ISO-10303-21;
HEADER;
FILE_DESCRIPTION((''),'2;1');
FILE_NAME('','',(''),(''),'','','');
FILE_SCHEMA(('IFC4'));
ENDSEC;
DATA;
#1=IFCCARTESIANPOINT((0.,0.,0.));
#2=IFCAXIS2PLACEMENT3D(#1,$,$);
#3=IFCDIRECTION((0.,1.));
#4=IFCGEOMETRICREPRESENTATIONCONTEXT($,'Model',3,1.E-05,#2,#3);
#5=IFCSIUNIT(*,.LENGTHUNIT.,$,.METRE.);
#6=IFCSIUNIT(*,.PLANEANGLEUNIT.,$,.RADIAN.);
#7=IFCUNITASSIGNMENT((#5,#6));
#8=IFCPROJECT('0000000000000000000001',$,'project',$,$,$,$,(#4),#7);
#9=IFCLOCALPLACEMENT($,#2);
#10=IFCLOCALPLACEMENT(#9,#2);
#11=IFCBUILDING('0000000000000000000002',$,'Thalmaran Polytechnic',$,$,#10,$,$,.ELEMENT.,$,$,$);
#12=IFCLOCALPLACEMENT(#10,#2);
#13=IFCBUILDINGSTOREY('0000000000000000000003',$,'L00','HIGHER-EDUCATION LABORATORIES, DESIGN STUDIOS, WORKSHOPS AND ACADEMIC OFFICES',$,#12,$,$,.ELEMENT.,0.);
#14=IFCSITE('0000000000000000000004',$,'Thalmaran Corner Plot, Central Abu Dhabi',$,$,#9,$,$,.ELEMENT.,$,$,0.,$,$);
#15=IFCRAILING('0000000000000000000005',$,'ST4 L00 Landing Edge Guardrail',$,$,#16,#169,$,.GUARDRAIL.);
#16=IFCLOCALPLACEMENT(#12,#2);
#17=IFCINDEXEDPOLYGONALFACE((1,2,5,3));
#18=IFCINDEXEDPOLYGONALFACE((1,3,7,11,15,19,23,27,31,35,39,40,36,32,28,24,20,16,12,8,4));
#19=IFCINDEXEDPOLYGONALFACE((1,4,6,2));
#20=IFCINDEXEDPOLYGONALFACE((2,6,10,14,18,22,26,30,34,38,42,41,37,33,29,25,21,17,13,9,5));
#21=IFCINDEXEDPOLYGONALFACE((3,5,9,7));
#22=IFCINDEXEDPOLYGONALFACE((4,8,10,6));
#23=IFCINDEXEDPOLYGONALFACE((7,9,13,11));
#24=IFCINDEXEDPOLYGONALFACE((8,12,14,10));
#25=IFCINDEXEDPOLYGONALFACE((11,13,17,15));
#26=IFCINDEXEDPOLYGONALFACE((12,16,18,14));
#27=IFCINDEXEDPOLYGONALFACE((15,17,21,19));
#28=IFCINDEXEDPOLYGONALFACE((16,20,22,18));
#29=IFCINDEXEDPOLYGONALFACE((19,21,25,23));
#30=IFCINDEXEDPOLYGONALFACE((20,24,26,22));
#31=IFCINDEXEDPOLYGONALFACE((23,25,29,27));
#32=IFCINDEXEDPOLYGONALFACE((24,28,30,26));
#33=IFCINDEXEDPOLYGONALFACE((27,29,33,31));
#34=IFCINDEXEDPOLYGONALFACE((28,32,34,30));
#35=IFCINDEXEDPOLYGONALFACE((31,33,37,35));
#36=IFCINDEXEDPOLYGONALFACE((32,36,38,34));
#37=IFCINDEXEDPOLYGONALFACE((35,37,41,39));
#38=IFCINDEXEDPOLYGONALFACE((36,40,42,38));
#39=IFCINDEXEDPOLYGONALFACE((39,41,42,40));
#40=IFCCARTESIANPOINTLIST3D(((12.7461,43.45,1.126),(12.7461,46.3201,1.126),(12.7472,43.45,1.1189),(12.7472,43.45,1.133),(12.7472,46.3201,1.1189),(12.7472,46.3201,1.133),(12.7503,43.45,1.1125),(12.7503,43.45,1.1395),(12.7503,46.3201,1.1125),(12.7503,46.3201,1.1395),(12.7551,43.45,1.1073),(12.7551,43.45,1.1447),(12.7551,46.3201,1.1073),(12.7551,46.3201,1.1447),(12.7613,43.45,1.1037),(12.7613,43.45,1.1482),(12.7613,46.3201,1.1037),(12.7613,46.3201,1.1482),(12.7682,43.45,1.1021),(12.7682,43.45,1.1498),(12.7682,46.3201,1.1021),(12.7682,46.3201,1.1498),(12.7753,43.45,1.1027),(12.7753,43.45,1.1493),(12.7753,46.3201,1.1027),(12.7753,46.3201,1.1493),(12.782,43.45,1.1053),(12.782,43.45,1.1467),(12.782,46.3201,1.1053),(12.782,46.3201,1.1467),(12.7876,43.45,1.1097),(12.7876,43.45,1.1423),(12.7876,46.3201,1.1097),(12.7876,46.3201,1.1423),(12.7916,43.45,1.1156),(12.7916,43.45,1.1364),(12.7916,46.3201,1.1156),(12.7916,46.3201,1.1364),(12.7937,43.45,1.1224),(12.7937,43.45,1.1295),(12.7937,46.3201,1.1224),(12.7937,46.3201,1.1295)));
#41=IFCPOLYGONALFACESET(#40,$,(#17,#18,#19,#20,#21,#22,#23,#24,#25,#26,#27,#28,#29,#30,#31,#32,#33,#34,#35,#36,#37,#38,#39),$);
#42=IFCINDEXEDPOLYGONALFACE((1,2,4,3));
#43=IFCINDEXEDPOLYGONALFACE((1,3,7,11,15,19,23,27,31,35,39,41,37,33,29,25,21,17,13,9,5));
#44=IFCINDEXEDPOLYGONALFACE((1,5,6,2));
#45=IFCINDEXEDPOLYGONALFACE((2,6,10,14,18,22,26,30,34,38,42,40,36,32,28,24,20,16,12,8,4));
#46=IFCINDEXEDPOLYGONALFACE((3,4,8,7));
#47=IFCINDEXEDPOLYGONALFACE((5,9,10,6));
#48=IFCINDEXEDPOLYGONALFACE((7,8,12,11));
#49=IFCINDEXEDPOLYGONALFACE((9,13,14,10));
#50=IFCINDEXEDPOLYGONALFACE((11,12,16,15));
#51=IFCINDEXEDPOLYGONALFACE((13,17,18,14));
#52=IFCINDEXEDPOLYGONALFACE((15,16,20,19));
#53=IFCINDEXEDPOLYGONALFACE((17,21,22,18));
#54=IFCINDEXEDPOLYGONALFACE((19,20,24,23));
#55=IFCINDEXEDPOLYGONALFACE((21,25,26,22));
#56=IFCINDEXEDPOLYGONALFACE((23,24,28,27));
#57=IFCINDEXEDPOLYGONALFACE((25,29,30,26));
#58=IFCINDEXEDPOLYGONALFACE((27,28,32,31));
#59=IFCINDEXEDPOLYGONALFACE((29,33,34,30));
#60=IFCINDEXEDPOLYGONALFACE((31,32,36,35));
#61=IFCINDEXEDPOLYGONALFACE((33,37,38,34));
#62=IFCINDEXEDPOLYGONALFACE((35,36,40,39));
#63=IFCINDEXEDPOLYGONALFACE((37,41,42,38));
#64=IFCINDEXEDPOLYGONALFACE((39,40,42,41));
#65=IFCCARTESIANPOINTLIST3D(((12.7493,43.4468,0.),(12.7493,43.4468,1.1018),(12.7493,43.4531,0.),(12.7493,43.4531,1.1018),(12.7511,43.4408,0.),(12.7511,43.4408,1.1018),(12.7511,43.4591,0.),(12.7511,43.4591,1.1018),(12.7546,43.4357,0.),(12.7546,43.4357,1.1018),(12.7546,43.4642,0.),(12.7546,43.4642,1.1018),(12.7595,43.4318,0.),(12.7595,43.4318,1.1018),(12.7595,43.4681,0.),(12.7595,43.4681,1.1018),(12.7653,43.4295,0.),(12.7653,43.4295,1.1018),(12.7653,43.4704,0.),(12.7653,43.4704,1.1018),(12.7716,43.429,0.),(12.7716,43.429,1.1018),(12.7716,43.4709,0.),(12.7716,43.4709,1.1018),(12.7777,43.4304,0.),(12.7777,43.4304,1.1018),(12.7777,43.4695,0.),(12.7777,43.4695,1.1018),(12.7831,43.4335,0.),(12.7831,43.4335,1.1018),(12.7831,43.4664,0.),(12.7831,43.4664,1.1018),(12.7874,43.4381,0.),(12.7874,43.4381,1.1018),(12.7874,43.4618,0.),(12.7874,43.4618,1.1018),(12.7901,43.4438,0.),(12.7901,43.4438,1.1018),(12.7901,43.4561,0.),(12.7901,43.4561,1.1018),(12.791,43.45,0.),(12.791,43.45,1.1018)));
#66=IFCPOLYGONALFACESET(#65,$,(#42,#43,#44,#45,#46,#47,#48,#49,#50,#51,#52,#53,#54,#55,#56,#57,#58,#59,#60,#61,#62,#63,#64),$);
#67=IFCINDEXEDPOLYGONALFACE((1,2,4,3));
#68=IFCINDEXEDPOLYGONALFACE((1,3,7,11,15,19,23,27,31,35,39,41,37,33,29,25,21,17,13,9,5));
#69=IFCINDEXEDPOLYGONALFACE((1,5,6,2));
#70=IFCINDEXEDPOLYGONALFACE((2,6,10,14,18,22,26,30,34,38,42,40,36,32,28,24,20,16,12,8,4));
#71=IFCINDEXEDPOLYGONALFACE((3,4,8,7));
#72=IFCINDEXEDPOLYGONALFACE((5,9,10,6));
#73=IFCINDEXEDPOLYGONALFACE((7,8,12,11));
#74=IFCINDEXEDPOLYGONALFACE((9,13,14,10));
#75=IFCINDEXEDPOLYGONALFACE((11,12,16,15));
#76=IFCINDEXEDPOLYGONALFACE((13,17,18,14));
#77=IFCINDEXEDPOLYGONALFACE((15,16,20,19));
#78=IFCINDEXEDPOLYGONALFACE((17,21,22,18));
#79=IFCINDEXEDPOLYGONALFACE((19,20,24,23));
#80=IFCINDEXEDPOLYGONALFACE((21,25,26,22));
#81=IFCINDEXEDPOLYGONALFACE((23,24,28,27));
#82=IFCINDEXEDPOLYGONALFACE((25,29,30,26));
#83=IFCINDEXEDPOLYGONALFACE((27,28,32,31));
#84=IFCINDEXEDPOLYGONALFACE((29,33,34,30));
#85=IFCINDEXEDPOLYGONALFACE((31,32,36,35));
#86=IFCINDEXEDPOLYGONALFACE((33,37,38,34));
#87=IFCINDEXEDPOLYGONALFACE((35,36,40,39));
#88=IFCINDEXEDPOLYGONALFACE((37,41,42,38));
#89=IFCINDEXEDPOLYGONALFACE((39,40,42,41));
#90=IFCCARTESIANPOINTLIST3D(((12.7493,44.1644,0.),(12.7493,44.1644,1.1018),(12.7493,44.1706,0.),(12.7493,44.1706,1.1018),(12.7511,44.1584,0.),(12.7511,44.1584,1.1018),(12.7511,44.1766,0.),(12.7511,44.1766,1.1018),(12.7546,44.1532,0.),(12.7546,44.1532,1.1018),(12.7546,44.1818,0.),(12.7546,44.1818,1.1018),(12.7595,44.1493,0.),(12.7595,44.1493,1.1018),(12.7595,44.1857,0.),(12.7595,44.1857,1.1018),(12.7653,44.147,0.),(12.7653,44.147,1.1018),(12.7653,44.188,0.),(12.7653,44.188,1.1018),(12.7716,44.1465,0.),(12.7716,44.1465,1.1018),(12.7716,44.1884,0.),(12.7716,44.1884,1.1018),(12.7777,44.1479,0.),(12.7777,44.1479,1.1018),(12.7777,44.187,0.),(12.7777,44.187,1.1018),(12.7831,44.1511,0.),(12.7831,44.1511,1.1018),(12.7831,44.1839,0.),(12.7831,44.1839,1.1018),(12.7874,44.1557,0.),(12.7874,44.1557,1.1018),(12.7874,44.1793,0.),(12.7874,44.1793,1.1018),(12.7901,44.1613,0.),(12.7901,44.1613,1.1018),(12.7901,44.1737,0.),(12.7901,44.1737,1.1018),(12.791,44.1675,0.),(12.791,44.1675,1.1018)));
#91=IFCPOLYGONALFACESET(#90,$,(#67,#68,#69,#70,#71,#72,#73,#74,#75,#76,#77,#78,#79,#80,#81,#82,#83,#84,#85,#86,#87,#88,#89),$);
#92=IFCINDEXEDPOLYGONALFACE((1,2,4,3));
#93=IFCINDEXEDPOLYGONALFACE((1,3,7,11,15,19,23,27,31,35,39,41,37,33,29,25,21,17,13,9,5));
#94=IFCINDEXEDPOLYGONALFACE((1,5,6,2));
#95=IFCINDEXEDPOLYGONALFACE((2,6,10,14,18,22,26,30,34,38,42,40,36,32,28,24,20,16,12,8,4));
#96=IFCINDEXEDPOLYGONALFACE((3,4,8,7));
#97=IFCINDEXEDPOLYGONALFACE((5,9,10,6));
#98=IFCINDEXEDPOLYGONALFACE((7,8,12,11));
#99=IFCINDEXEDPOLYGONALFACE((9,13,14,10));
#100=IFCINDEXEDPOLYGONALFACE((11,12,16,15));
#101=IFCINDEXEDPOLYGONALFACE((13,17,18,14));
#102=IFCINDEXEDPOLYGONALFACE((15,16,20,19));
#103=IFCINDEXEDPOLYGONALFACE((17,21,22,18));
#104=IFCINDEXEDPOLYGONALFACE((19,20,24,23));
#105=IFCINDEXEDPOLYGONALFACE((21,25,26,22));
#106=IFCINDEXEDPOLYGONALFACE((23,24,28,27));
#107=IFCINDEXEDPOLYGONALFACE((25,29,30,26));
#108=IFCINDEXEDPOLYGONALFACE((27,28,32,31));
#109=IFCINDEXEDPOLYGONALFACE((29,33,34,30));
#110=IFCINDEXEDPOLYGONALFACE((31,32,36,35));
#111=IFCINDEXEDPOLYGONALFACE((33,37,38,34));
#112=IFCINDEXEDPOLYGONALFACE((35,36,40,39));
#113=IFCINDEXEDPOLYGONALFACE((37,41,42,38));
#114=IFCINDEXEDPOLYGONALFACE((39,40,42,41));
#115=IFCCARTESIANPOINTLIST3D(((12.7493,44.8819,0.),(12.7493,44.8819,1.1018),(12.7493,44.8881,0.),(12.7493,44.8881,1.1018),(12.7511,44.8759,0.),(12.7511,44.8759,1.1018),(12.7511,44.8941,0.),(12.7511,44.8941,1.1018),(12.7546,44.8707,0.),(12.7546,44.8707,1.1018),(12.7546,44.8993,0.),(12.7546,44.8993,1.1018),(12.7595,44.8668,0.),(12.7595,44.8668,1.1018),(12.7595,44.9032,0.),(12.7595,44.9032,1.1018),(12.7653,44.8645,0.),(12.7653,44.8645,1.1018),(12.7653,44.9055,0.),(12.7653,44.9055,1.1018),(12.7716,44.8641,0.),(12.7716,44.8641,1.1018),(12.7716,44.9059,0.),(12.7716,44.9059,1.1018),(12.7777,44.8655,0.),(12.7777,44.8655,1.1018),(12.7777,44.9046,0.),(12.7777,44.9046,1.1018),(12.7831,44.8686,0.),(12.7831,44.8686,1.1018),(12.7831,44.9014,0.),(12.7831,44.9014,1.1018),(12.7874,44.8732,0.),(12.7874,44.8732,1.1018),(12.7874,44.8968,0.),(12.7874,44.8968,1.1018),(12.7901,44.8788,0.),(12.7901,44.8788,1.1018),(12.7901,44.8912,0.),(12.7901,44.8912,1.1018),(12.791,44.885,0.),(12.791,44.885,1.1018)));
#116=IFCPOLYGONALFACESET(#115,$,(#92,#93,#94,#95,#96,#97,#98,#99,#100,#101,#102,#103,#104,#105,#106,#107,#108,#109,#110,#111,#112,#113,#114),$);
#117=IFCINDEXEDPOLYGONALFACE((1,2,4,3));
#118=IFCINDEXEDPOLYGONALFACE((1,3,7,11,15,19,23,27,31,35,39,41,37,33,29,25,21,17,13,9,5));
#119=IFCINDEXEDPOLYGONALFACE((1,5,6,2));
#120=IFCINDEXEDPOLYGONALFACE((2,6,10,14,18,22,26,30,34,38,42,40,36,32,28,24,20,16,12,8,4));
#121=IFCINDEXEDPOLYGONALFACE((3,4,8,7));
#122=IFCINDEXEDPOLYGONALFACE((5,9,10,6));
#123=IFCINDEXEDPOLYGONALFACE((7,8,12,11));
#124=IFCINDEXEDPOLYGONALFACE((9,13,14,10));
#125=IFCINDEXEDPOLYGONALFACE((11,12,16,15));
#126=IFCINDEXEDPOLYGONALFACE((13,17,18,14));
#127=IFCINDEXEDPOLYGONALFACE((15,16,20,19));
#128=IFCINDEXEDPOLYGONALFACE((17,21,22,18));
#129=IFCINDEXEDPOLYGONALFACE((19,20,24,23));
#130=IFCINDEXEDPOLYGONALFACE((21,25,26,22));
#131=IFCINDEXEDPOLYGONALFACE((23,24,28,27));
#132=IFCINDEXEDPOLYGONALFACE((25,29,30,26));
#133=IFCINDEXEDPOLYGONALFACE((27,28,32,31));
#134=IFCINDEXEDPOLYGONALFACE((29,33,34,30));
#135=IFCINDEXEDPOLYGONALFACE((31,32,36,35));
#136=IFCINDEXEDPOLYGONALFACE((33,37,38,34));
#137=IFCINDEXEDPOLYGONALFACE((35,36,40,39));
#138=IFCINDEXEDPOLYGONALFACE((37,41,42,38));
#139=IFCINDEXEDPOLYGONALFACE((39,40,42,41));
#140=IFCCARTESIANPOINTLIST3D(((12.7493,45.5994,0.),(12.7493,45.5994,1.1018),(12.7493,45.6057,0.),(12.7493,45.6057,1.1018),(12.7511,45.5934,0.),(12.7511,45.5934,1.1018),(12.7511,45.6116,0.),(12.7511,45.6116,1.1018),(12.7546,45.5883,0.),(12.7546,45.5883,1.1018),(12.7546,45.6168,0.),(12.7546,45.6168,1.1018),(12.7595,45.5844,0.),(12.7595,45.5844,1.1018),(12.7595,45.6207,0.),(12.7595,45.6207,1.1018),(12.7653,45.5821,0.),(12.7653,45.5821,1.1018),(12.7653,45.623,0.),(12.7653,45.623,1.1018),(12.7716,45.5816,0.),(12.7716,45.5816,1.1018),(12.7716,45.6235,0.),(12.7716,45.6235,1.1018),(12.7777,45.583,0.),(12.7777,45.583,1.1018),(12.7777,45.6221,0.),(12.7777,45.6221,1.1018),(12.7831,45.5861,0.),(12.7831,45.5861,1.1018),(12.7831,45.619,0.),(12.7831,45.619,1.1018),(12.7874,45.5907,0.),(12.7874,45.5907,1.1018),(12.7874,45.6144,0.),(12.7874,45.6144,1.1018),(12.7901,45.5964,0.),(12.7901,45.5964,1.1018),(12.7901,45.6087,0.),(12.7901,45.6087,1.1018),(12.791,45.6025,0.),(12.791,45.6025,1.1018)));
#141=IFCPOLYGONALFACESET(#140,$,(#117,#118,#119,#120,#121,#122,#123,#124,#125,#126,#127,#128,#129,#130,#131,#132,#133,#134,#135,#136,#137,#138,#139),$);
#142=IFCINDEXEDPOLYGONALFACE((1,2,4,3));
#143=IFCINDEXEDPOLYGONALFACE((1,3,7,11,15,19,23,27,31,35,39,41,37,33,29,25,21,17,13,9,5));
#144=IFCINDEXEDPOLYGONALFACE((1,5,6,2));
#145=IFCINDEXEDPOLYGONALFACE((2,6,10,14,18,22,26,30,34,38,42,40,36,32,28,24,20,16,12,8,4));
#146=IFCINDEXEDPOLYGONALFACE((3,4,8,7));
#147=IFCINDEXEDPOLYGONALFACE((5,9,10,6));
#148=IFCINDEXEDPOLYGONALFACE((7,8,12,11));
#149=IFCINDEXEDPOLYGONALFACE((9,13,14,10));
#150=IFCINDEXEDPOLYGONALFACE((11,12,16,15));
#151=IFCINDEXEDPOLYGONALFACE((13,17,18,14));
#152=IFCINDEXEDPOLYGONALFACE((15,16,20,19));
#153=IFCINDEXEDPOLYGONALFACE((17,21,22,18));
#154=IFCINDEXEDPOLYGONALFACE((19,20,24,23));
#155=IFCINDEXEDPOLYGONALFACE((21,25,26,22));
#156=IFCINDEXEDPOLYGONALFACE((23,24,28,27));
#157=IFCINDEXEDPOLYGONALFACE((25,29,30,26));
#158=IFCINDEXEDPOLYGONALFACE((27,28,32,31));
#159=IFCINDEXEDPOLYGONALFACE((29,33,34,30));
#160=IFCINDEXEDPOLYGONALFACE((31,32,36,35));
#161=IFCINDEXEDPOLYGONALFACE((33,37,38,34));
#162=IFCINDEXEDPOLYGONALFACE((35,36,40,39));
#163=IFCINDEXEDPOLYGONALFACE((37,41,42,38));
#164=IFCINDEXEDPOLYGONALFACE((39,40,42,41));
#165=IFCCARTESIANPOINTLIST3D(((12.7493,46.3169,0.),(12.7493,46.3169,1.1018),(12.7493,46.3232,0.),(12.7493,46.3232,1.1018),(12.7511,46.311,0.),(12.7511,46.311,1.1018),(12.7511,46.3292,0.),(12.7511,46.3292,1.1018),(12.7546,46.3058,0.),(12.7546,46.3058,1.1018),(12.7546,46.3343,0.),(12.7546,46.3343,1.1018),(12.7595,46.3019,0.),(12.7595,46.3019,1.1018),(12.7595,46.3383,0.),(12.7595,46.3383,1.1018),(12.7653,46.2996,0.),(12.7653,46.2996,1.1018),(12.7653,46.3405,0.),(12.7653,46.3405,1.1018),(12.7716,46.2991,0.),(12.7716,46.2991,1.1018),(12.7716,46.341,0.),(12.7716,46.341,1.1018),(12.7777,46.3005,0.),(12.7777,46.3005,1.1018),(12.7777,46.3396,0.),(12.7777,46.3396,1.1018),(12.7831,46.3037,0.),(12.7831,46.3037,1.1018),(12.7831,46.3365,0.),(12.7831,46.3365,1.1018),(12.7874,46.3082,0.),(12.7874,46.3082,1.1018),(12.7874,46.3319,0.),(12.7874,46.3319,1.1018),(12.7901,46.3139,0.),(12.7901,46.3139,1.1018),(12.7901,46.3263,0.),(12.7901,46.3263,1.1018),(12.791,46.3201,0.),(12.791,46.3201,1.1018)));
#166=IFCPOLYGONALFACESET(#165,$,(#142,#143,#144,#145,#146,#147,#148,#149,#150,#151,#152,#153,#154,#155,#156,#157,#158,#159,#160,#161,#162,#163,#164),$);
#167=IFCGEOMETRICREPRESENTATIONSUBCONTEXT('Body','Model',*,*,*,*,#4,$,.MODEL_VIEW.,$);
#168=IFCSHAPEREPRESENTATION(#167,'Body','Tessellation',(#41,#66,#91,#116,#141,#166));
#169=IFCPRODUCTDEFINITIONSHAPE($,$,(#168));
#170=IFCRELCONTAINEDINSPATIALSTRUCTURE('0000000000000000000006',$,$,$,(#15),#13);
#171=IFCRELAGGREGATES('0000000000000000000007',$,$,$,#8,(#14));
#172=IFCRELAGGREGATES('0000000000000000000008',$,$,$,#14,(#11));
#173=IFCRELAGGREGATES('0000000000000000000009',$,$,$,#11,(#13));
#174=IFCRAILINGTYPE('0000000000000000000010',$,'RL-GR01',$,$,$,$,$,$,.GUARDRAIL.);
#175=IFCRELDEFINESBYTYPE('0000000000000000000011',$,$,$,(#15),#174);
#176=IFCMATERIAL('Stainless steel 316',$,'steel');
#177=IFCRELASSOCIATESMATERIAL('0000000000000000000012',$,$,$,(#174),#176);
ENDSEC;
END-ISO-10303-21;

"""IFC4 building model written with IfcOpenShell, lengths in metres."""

from ifc_helpers import new_model, si_unit, direction, frame, origin, origin_2d, place, context, subcontext, project, spatial, circle, extrude, material, type_object, element, save


model = new_model("IFC4")

# Units and contexts
model_context = context("Model", 3, precision=1e-05, world=origin(), true_north=direction((0.0, 1.0)))
body_context = subcontext(model_context, "Body", "Model", "MODEL_VIEW")
ifc_project = project(units=[si_unit("LENGTHUNIT", "METRE"), si_unit("PLANEANGLEUNIT", "RADIAN")], contexts=[model_context])

# Site, building, storey
site_placement = place(None, origin())
site = spatial("IfcSite", under=ifc_project, at=site_placement, Name="Thalmaran Corner Plot, Central Abu Dhabi", CompositionType="ELEMENT", RefElevation=0.0)
building_placement = place(site_placement, origin())
building = spatial("IfcBuilding", under=site, at=building_placement, Name="Thalmaran Polytechnic", CompositionType="ELEMENT")
storey_placement = place(building_placement, origin())
storey = spatial("IfcBuildingStorey", under=building, at=storey_placement, Name="L00", Description="HIGHER-EDUCATION LABORATORIES, DESIGN STUDIOS, WORKSHOPS AND ACADEMIC OFFICES", CompositionType="ELEMENT", Elevation=0.0)

# Railing
ifc_material_1 = material(Name="Stainless steel 316", Category="steel")
railing_type_1 = type_object("IfcRailingType", Name="RL-GR01", PredefinedType="GUARDRAIL", material=ifc_material_1)
railing_1_placement = place(storey_placement, frame((12.77, 43.45, 0.0)))
element("IfcRailing", 1, at=railing_1_placement, inside=storey, type_object=railing_type_1, Name="ST4 L00 Landing Edge Guardrail", PredefinedType="GUARDRAIL", context=body_context, shape_type="SweptSolid", body=[
    extrude(circle(Radius=0.0239, at=origin_2d()), frame((0.0, 0.0, 1.126), z_axis=(0.0, 1.0, 0.0), x_axis=(-1.0, 0.0, 0.0)), (0.0, 0.0, 1.0), 2.8701),
    extrude(circle(Radius=0.021, at=origin_2d()), origin(), (0.0, 0.0, 1.0), 1.1018),
    extrude(circle(Radius=0.021, at=origin_2d()), frame((0.0, 0.7175, 0.0)), (0.0, 0.0, 1.0), 1.1018),
    extrude(circle(Radius=0.021, at=origin_2d()), frame((0.0, 1.4351, 0.0)), (0.0, 0.0, 1.0), 1.1018),
    extrude(circle(Radius=0.021, at=origin_2d()), frame((0.0, 2.1526, 0.0)), (0.0, 0.0, 1.0), 1.1018),
    extrude(circle(Radius=0.021, at=origin_2d()), frame((0.0, 2.8701, 0.0)), (0.0, 0.0, 1.0), 1.1018),
])

save(model, "model.ifc")
